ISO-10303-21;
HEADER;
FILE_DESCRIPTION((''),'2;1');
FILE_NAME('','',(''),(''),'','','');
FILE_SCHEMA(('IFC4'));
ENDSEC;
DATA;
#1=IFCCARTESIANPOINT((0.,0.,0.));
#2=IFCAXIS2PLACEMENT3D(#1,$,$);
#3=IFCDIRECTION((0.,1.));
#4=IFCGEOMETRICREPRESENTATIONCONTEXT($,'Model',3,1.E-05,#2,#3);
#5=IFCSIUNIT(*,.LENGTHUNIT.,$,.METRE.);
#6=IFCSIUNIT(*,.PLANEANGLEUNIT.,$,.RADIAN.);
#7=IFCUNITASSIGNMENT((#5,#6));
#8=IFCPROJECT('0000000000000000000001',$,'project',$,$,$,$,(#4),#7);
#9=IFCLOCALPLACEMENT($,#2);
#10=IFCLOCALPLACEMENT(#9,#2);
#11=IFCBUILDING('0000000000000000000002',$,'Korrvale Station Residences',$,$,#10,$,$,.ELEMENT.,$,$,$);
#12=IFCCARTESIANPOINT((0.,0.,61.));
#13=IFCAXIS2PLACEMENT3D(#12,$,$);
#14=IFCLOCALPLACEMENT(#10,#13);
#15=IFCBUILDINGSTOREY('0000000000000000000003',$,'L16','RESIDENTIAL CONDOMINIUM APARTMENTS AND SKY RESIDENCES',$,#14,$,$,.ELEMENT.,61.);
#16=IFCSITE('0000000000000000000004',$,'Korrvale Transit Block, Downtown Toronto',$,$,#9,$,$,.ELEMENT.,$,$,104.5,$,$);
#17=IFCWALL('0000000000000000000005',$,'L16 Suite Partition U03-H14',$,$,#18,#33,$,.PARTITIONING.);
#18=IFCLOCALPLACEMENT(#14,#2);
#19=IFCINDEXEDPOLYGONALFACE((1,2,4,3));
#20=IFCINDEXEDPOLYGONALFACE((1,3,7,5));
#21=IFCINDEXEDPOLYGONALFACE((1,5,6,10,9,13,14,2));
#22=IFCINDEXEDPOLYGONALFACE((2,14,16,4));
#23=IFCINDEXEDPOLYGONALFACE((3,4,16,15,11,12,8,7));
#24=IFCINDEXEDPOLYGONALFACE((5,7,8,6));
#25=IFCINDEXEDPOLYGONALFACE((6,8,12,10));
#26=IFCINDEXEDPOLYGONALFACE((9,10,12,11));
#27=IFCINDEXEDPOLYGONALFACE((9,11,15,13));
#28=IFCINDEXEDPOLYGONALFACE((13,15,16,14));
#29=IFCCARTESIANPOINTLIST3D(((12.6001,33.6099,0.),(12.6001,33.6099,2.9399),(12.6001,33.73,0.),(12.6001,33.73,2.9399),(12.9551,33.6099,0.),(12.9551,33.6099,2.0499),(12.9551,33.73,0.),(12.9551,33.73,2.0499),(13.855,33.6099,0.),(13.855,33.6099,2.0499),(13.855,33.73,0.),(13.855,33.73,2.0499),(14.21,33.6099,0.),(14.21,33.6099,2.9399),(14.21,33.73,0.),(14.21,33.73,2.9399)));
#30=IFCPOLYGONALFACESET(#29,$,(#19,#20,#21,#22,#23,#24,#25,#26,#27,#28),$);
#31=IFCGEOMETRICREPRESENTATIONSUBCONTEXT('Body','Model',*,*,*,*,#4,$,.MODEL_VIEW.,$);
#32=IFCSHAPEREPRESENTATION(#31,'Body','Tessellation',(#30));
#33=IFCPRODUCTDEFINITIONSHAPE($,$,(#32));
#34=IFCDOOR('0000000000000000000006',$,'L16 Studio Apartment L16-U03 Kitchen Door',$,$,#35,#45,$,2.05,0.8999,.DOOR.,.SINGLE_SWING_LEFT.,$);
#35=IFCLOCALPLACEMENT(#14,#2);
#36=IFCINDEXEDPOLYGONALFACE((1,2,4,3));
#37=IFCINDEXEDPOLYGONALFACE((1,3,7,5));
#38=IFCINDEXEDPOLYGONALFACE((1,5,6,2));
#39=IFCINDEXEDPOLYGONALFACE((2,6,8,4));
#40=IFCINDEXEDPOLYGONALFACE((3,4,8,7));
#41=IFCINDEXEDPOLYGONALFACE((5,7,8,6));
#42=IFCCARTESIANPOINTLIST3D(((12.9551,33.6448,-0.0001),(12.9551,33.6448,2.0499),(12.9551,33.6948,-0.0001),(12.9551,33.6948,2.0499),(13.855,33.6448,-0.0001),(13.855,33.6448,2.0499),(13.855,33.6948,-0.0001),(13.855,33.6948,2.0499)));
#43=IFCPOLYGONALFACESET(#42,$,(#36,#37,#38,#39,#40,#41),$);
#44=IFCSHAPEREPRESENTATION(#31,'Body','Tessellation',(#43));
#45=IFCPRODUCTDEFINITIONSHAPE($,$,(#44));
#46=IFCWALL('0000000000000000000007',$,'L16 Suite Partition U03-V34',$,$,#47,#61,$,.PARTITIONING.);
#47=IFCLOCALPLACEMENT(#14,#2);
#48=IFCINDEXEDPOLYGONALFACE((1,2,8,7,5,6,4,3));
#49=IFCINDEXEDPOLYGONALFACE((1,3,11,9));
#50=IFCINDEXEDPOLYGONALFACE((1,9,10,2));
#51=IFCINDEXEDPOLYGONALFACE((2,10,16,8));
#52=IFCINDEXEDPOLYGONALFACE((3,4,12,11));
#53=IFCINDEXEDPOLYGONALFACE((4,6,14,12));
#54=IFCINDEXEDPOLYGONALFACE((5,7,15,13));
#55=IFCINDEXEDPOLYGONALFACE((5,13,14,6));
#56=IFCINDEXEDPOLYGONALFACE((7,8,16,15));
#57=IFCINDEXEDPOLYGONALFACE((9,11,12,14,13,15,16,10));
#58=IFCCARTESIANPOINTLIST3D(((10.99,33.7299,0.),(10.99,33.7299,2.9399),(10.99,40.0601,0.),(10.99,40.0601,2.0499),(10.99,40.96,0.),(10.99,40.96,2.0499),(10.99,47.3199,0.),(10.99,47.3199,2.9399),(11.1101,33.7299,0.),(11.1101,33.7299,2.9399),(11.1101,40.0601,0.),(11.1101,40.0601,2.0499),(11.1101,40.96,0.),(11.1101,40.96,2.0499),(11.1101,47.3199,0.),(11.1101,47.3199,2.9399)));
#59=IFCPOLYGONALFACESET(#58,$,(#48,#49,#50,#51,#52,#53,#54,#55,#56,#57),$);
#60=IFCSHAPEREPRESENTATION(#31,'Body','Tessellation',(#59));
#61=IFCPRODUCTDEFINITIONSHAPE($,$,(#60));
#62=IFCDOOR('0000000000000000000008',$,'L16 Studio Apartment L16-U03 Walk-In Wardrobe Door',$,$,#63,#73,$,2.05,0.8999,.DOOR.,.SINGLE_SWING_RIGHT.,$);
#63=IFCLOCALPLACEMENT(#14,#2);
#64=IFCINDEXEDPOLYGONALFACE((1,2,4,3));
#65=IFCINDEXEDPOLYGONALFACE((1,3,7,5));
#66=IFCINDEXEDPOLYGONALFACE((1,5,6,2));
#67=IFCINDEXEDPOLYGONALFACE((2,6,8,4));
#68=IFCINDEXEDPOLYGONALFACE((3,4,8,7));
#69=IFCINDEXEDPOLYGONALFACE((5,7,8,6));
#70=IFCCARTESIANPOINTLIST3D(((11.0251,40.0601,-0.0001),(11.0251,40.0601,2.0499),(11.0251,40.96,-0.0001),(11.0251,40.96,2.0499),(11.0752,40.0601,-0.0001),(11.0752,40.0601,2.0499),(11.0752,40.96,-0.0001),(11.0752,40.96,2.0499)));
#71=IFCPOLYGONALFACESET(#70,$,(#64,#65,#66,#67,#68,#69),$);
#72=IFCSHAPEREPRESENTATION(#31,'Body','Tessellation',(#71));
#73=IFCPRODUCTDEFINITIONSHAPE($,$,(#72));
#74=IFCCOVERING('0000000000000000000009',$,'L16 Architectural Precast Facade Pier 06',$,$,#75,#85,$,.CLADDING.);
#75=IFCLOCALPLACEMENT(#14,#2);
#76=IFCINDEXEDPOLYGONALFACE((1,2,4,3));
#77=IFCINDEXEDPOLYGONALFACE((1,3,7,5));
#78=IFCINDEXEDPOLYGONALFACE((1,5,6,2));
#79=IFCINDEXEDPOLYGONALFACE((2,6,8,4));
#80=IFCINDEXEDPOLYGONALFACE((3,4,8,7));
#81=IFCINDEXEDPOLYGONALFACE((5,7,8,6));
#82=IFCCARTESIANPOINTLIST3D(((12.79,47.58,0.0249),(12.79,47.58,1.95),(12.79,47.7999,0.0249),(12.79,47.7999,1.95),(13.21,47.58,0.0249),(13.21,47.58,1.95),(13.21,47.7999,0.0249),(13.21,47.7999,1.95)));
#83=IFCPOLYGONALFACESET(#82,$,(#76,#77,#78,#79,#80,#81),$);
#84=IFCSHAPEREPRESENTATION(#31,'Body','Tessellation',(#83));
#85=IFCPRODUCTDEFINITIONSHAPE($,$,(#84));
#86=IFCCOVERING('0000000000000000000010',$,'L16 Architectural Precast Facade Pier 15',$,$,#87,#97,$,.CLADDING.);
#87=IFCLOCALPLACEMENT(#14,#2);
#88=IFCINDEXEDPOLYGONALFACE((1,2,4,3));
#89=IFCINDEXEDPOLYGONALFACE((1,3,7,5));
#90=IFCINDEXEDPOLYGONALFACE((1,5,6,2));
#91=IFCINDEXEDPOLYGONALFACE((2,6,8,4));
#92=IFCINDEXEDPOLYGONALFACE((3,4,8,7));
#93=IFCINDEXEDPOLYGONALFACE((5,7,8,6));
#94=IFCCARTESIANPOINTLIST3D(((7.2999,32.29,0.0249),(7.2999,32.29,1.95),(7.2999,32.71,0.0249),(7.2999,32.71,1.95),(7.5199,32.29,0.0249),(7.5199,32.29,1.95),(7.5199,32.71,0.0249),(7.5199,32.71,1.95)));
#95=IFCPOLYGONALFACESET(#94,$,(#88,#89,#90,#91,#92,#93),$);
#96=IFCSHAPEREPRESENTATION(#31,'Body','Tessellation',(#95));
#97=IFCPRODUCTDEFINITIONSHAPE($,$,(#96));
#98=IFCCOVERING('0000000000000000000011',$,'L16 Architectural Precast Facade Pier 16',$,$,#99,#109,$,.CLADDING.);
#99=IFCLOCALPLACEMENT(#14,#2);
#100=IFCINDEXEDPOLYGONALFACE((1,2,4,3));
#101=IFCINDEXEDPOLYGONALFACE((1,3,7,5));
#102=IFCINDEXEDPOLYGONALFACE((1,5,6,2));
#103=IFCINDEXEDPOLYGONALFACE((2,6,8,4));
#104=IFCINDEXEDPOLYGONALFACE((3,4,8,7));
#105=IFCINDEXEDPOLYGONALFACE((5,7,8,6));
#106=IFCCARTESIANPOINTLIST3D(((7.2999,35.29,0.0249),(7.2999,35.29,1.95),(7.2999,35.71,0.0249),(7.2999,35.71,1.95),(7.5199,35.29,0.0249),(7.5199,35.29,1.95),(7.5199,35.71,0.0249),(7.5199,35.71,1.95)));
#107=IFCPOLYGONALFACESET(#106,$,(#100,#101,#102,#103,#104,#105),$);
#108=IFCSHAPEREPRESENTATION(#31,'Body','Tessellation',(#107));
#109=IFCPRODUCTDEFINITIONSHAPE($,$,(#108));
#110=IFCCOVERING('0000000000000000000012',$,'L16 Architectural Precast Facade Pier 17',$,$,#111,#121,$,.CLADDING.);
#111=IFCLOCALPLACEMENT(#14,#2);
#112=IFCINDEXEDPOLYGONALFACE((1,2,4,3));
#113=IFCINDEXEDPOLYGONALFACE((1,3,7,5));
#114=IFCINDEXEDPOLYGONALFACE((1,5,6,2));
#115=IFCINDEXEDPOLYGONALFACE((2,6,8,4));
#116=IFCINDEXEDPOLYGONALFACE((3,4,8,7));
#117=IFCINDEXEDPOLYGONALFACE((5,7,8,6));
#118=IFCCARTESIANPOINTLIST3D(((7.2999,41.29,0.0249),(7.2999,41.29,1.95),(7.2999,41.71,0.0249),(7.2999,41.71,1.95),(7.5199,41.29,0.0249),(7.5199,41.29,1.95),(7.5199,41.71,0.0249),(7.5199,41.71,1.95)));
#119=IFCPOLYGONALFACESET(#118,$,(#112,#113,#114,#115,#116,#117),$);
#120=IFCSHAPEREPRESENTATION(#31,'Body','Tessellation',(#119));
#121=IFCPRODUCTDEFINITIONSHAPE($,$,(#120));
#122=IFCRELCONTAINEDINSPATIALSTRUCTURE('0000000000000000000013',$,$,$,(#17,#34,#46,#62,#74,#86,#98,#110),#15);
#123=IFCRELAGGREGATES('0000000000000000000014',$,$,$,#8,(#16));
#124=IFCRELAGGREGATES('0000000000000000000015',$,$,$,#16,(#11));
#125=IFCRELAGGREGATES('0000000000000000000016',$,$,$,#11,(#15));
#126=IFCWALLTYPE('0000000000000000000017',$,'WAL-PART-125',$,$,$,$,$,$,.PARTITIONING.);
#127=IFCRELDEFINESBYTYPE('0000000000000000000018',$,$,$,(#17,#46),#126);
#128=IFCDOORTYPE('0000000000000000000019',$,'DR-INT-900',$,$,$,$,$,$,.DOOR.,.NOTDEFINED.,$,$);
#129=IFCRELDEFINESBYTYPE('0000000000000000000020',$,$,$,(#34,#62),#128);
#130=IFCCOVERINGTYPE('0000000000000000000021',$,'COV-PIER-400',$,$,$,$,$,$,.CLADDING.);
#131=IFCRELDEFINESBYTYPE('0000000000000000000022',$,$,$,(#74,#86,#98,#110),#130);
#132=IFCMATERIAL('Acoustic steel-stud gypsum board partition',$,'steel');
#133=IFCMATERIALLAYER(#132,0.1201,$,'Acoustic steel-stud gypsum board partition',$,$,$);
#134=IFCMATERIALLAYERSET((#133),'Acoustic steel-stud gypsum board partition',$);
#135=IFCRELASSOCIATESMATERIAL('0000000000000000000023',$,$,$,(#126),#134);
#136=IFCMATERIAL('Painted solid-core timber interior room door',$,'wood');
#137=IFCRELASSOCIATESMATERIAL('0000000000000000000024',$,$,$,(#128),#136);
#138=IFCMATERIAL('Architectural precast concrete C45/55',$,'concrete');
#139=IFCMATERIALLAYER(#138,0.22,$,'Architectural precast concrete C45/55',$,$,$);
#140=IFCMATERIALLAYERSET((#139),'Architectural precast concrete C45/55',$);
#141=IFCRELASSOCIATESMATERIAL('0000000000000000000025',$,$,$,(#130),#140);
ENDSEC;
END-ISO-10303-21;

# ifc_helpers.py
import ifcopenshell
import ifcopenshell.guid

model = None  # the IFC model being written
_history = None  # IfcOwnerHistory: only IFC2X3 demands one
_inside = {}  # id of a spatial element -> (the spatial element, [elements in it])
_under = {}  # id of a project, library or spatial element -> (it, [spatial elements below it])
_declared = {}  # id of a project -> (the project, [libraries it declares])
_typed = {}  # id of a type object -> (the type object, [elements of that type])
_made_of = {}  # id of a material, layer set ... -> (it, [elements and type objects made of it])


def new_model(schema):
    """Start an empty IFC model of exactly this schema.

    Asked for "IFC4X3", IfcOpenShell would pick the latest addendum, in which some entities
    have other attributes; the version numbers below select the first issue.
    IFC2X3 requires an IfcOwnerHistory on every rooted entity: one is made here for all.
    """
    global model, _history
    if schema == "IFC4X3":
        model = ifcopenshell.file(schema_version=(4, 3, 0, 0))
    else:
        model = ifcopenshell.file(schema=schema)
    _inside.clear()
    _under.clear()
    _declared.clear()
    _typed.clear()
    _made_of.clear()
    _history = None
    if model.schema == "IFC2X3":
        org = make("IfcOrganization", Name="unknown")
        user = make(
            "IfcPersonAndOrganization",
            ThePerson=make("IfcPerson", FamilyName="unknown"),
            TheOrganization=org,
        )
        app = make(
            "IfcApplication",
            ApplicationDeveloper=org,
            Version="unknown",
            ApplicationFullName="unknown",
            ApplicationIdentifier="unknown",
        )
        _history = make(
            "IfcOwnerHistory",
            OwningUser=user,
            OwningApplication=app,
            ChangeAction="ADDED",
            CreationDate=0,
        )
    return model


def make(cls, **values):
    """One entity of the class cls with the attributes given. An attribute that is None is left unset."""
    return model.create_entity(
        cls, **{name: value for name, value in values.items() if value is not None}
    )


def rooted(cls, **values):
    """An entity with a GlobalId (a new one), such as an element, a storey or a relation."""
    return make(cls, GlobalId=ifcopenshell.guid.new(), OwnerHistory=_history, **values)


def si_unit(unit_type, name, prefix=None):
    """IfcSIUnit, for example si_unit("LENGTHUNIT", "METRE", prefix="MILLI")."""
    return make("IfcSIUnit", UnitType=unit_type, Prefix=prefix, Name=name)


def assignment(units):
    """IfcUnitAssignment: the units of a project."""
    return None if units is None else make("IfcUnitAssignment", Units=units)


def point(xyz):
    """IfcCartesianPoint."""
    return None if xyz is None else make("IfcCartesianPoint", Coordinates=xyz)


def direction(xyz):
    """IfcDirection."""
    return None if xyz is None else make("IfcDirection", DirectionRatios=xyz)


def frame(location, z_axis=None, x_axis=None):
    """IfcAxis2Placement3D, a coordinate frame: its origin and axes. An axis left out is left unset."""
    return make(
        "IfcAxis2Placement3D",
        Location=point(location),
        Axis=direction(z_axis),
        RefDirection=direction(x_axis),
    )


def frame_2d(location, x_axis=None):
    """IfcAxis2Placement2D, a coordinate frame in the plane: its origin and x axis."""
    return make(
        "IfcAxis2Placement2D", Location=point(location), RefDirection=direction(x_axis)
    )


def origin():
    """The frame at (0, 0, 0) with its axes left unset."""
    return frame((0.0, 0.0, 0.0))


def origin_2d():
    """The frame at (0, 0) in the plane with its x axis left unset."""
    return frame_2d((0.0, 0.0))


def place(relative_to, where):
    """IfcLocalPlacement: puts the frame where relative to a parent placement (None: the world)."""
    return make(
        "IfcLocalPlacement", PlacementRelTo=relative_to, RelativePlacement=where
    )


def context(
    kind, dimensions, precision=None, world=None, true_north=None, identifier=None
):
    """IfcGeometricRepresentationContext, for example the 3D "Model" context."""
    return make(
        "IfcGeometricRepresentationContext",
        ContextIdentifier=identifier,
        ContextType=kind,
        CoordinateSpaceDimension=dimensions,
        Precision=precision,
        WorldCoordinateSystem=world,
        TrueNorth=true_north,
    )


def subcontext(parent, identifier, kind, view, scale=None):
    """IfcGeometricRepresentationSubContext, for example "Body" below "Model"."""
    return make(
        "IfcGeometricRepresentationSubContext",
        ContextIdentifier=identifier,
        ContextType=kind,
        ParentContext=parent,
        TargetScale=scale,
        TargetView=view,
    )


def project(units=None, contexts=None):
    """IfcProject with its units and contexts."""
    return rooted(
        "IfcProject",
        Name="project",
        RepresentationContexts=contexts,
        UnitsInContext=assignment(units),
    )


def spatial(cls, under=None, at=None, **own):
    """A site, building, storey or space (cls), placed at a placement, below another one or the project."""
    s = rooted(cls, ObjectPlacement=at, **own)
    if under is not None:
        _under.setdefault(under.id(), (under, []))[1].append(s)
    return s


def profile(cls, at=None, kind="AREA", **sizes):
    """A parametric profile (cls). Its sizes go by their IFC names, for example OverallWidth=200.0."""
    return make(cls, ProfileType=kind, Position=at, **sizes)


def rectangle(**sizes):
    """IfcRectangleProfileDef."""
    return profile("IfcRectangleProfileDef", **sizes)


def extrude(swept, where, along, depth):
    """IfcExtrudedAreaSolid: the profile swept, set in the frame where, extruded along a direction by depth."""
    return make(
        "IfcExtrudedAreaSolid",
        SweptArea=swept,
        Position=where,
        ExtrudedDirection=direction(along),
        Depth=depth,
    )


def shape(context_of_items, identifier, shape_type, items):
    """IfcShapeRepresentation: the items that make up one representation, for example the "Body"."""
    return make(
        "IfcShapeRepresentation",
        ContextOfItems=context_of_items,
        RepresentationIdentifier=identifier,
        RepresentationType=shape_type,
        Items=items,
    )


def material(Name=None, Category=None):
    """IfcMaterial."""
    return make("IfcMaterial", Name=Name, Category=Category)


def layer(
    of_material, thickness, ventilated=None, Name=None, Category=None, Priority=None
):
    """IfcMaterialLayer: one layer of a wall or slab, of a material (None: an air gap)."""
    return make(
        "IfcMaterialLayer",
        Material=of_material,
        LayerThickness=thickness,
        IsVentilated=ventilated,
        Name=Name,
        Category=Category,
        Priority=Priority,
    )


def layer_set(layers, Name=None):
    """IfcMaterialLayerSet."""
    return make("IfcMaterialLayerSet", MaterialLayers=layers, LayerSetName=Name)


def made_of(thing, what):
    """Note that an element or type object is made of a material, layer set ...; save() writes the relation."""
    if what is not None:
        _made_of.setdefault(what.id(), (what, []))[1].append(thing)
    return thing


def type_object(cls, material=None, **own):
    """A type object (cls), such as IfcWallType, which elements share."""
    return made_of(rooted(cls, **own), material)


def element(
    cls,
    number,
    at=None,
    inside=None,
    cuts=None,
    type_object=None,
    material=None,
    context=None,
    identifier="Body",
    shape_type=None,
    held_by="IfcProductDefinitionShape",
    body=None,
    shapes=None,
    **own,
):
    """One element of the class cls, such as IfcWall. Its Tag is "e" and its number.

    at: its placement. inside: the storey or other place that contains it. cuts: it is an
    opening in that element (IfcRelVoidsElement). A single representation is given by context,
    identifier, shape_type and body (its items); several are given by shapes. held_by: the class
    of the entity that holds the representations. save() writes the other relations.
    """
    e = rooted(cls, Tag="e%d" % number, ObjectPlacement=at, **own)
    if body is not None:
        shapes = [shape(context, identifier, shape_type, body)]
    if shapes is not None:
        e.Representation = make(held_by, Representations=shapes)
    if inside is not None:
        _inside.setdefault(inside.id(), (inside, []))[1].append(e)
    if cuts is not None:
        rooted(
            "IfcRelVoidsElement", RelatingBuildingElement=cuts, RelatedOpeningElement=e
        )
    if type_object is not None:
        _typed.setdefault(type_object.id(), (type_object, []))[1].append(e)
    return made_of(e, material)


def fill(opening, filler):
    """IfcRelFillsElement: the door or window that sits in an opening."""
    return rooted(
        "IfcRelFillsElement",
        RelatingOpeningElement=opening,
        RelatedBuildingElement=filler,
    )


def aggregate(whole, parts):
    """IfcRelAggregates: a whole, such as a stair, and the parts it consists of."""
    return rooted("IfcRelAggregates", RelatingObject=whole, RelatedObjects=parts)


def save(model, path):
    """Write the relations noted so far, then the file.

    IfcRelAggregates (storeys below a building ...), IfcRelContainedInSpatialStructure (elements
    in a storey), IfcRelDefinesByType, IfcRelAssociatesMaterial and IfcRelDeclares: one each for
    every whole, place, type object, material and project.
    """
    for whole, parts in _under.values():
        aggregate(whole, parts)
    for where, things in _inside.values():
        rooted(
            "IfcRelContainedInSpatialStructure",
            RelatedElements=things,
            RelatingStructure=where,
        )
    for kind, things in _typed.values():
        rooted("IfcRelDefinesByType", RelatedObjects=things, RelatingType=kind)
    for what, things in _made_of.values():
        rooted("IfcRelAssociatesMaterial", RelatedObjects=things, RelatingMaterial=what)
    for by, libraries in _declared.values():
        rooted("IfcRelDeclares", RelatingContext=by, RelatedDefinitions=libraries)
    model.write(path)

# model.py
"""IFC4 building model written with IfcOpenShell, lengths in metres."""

from ifc_helpers import new_model, si_unit, direction, frame, frame_2d, origin, origin_2d, place, context, subcontext, project, spatial, rectangle, extrude, material, layer, layer_set, type_object, element, fill, save


model = new_model("IFC4")

# Units and contexts
model_context = context("Model", 3, precision=1e-05, world=origin(), true_north=direction((0.0, 1.0)))
body_context = subcontext(model_context, "Body", "Model", "MODEL_VIEW")
ifc_project = project(units=[si_unit("LENGTHUNIT", "METRE"), si_unit("PLANEANGLEUNIT", "RADIAN")], contexts=[model_context])

# Site, building, storey
site_placement = place(None, origin())
site = spatial("IfcSite", under=ifc_project, at=site_placement, Name="Korrvale Transit Block, Downtown Toronto", CompositionType="ELEMENT", RefElevation=104.5)
building_placement = place(site_placement, origin())
building = spatial("IfcBuilding", under=site, at=building_placement, Name="Korrvale Station Residences", CompositionType="ELEMENT")
storey_placement = place(building_placement, frame((0.0, 0.0, 61.0)))
storey = spatial("IfcBuildingStorey", under=building, at=storey_placement, Name="L16", Description="RESIDENTIAL CONDOMINIUM APARTMENTS AND SKY RESIDENCES", CompositionType="ELEMENT", Elevation=61.0)

# Shared definitions
ifc_material_1 = material(Name="Acoustic steel-stud gypsum board partition", Category="steel")
ifc_layer_1 = layer(ifc_material_1, 0.1201, Name="Acoustic steel-stud gypsum board partition")
ifc_layer_set_1 = layer_set([ifc_layer_1], Name="Acoustic steel-stud gypsum board partition")
wall_type_1 = type_object("IfcWallType", Name="WAL-PART-125", PredefinedType="PARTITIONING", material=ifc_layer_set_1)

# Walls, openings, doors
wall_1_placement = place(storey_placement, frame((12.6001, 33.6699, 0.0), z_axis=(0.0, 0.0, 1.0), x_axis=(1.0, 0.0, 0.0)))
wall_1 = element("IfcWall", 1, at=wall_1_placement, inside=storey, type_object=wall_type_1, Name="L16 Suite Partition U03-H14", PredefinedType="PARTITIONING", context=body_context, shape_type="SweptSolid", body=[
    extrude(rectangle(XDim=1.6099, YDim=0.1201, at=frame_2d((0.8049, 0.0))), origin(), (0.0, 0.0, 1.0), 2.9399),
])
opening_1_placement = place(wall_1_placement, frame((0.355, 0.0, 0.0)))
opening_1 = element("IfcOpeningElement", 2, at=opening_1_placement, cuts=wall_1, PredefinedType="OPENING", context=body_context, shape_type="SweptSolid", body=[
    extrude(rectangle(XDim=0.8999, YDim=2.05, at=frame_2d((0.45, 1.0249))), frame((0.0, 0.0701, 0.0), z_axis=(0.0, -1.0, 0.0), x_axis=(1.0, 0.0, 0.0)), (0.0, 0.0, 1.0), 0.1401),
])
ifc_material_2 = material(Name="Painted solid-core timber interior room door", Category="wood")
door_type = type_object("IfcDoorType", Name="DR-INT-900", OperationType="NOTDEFINED", PredefinedType="DOOR", material=ifc_material_2)
door_1_placement = place(opening_1_placement, origin())
door_1 = element("IfcDoor", 3, at=door_1_placement, inside=storey, type_object=door_type, Name="L16 Studio Apartment L16-U03 Kitchen Door", OperationType="SINGLE_SWING_LEFT", OverallHeight=2.05, OverallWidth=0.8999, PredefinedType="DOOR", context=body_context, shape_type="SweptSolid", body=[
    extrude(rectangle(XDim=0.8999, YDim=2.05, at=frame_2d((0.45, 1.0249))), frame((0.0, 0.0249, 0.0), z_axis=(0.0, -1.0, 0.0), x_axis=(1.0, 0.0, 0.0)), (0.0, 0.0, 1.0), 0.05),
])
fill(opening_1, door_1)
wall_2_placement = place(storey_placement, frame((11.05, 33.73, 0.0), z_axis=(0.0, 0.0, 1.0), x_axis=(0.0, 1.0, 0.0)))
wall_2 = element("IfcWall", 4, at=wall_2_placement, inside=storey, type_object=wall_type_1, Name="L16 Suite Partition U03-V34", PredefinedType="PARTITIONING", context=body_context, shape_type="SweptSolid", body=[
    extrude(rectangle(XDim=13.5901, YDim=0.1201, at=frame_2d((6.7949, 0.0))), origin(), (0.0, 0.0, 1.0), 2.9399),
])
opening_2_placement = place(wall_2_placement, frame((6.3301, 0.0, 0.0)))
opening_2 = element("IfcOpeningElement", 5, at=opening_2_placement, cuts=wall_2, PredefinedType="OPENING", context=body_context, shape_type="SweptSolid", body=[
    extrude(rectangle(XDim=0.8999, YDim=2.05, at=frame_2d((0.45, 1.0249))), frame((0.0, 0.0701, 0.0), z_axis=(0.0, -1.0, 0.0), x_axis=(1.0, 0.0, 0.0)), (0.0, 0.0, 1.0), 0.1401),
])
door_2_placement = place(opening_2_placement, origin())
door_2 = element("IfcDoor", 6, at=door_2_placement, inside=storey, type_object=door_type, Name="L16 Studio Apartment L16-U03 Walk-In Wardrobe Door", OperationType="SINGLE_SWING_RIGHT", OverallHeight=2.05, OverallWidth=0.8999, PredefinedType="DOOR", context=body_context, shape_type="SweptSolid", body=[
    extrude(rectangle(XDim=0.8999, YDim=2.05, at=frame_2d((0.45, 1.0249))), frame((0.0, 0.0249, 0.0), z_axis=(0.0, -1.0, 0.0), x_axis=(1.0, 0.0, 0.0)), (0.0, 0.0, 1.0), 0.05),
])
fill(opening_2, door_2)

# Coverings
ifc_material_3 = material(Name="Architectural precast concrete C45/55", Category="concrete")
ifc_layer_2 = layer(ifc_material_3, 0.22, Name="Architectural precast concrete C45/55")
ifc_layer_set_2 = layer_set([ifc_layer_2], Name="Architectural precast concrete C45/55")
covering_type = type_object("IfcCoveringType", Name="COV-PIER-400", PredefinedType="CLADDING", material=ifc_layer_set_2)
for number, where, z_axis, x_axis, name in (
    (7, (13.0, 47.6899, 0.0249), (0.0, 0.0, 1.0), (1.0, 0.0, 0.0), "L16 Architectural Precast Facade Pier 06"),
    (8, (7.4099, 32.5, 0.0249), (0.0, 0.0, 1.0), (0.0, 1.0, 0.0), "L16 Architectural Precast Facade Pier 15"),
    (9, (7.4099, 35.5, 0.0249), (0.0, 0.0, 1.0), (0.0, 1.0, 0.0), "L16 Architectural Precast Facade Pier 16"),
    (10, (7.4099, 41.5, 0.0249), (0.0, 0.0, 1.0), (0.0, 1.0, 0.0), "L16 Architectural Precast Facade Pier 17"),
):
    element("IfcCovering", number, at=place(storey_placement, frame(where, z_axis=z_axis, x_axis=x_axis)), inside=storey, type_object=covering_type, Name=name, PredefinedType="CLADDING", context=body_context, shape_type="SweptSolid", body=[
        extrude(rectangle(XDim=0.4199, YDim=0.22, at=origin_2d()), origin(), (0.0, 0.0, 1.0), 1.925),
    ])

save(model, "model.ifc")
